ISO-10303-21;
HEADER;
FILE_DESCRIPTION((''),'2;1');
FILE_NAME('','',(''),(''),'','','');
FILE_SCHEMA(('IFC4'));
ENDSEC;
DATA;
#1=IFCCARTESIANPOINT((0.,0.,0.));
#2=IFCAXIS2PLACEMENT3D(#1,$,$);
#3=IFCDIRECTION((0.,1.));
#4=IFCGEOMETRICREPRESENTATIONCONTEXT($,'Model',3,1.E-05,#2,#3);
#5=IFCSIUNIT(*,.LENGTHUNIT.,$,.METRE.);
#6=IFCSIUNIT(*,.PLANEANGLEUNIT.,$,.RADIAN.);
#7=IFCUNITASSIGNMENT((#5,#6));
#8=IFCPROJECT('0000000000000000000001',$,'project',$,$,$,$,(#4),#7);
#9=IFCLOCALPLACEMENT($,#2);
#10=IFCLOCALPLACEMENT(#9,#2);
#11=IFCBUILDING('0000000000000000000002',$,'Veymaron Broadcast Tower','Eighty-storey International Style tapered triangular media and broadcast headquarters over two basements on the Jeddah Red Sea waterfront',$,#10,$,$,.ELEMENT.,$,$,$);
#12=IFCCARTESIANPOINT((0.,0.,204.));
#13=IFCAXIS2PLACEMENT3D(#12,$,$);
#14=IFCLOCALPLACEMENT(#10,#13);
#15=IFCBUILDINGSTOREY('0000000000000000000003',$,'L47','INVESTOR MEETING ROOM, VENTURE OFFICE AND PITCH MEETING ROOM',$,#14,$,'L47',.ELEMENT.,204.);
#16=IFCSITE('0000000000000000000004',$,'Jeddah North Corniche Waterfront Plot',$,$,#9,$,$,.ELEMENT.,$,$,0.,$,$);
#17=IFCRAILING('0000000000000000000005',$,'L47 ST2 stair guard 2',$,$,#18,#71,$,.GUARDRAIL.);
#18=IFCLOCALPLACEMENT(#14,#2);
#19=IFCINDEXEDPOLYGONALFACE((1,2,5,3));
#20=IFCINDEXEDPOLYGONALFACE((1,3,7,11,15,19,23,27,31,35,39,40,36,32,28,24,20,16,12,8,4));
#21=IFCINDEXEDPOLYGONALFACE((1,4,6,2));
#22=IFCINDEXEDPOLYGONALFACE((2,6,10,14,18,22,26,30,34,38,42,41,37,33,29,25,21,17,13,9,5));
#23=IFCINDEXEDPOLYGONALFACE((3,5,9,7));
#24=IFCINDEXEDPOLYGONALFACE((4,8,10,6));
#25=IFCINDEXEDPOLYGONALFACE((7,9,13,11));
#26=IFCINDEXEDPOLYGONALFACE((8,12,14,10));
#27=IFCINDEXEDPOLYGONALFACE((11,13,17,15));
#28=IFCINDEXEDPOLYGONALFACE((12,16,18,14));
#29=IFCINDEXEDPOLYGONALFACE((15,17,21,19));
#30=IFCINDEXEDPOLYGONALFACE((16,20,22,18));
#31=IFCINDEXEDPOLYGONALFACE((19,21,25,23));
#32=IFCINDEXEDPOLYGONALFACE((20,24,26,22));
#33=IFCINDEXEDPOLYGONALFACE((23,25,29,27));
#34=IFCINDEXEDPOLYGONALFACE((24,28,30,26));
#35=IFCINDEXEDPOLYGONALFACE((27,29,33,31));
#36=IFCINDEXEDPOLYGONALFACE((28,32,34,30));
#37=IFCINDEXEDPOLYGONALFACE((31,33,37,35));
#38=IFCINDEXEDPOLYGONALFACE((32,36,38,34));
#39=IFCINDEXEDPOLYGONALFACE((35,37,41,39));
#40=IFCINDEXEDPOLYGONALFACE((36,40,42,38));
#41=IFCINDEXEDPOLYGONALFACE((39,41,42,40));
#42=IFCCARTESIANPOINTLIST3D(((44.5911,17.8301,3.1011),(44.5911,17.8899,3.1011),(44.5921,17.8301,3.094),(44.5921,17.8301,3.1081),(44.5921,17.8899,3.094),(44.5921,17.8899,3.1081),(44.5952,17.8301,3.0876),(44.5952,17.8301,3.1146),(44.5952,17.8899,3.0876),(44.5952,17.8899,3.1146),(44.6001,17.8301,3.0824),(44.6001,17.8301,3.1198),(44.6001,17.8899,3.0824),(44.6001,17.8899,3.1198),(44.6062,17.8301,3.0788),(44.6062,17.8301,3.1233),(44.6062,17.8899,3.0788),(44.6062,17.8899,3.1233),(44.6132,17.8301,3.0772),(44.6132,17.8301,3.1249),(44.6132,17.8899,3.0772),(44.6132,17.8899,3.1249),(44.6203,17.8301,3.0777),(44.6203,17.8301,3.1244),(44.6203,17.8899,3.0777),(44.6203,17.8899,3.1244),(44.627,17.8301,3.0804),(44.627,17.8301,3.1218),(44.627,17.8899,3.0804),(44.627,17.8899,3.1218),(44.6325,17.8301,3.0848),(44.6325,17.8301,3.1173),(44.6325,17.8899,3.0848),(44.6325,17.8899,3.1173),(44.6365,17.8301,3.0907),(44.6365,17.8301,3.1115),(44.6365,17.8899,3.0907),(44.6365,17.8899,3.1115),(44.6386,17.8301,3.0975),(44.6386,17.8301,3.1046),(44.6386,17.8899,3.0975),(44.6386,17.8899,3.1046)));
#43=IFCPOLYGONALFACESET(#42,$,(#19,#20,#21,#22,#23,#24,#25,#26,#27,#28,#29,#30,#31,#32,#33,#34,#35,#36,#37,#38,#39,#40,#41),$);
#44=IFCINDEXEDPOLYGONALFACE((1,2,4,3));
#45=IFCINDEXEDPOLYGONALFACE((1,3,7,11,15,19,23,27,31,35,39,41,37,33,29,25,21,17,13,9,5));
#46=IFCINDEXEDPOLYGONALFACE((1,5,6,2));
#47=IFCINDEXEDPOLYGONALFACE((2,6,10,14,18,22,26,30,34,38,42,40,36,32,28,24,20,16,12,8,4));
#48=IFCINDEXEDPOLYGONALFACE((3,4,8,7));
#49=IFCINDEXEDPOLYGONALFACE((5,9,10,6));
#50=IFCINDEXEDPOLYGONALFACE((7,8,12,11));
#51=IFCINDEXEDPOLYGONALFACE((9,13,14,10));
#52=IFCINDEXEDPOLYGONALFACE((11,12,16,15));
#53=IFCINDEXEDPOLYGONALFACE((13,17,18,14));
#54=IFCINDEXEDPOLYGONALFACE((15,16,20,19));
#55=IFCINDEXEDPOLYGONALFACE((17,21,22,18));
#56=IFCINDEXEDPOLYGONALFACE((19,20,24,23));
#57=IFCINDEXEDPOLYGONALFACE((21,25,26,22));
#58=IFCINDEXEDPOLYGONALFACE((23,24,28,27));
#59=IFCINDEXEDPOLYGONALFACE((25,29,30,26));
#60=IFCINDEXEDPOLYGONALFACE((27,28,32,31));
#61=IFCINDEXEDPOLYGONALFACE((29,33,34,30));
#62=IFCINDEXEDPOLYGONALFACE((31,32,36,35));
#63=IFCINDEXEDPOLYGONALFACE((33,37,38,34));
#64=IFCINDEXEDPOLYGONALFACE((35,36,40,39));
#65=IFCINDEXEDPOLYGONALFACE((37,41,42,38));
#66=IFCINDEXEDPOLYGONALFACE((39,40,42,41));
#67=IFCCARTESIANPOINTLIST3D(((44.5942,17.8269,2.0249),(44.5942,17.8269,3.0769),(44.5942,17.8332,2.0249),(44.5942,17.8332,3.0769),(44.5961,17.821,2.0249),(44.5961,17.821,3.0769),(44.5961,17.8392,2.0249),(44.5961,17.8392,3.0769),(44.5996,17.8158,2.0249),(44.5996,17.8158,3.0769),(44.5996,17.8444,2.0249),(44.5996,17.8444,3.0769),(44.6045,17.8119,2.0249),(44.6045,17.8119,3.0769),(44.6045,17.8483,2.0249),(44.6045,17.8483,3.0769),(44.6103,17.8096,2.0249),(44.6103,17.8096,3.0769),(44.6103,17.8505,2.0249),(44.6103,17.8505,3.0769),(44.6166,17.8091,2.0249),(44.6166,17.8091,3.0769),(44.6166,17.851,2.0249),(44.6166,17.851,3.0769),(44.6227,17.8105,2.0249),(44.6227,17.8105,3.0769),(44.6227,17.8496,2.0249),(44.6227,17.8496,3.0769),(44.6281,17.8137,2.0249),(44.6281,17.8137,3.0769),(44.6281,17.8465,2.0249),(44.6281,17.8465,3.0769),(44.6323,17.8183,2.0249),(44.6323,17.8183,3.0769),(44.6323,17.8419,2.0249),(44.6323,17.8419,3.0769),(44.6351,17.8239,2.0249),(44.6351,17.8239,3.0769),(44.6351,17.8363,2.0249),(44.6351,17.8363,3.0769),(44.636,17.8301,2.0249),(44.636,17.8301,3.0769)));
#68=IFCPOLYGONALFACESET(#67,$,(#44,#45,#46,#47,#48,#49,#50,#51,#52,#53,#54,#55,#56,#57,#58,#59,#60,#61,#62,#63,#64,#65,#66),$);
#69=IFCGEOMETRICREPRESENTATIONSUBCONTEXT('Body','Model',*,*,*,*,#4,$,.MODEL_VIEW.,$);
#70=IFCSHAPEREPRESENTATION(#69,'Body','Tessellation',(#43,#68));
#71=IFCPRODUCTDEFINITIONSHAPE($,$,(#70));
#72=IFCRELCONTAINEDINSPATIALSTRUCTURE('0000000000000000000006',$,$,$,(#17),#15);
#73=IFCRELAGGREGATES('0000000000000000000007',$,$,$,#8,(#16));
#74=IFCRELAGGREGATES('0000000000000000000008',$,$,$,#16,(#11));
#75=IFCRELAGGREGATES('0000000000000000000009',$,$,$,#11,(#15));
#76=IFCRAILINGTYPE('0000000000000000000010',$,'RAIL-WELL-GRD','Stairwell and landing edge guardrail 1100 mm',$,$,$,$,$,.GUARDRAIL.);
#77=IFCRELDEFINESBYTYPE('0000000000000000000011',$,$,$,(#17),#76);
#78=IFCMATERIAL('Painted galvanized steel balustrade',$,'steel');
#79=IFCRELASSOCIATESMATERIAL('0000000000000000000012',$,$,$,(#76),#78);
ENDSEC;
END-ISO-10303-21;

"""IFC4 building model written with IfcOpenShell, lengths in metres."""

from ifc_helpers import new_model, si_unit, direction, frame, origin, origin_2d, place, context, subcontext, project, spatial, circle, extrude, material, type_object, element, save


model = new_model("IFC4")

# Units and contexts
model_context = context("Model", 3, precision=1e-05, world=origin(), true_north=direction((0.0, 1.0)))
body_context = subcontext(model_context, "Body", "Model", "MODEL_VIEW")
ifc_project = project(units=[si_unit("LENGTHUNIT", "METRE"), si_unit("PLANEANGLEUNIT", "RADIAN")], contexts=[model_context])

# Site, building, storey
site_placement = place(None, origin())
site = spatial("IfcSite", under=ifc_project, at=site_placement, Name="Jeddah North Corniche Waterfront Plot", CompositionType="ELEMENT", RefElevation=0.0)
building_placement = place(site_placement, origin())
building = spatial("IfcBuilding", under=site, at=building_placement, Name="Veymaron Broadcast Tower", Description="Eighty-storey International Style tapered triangular media and broadcast headquarters over two basements on the Jeddah Red Sea waterfront", CompositionType="ELEMENT")
storey_placement = place(building_placement, frame((0.0, 0.0, 204.0)))
storey = spatial("IfcBuildingStorey", under=building, at=storey_placement, Name="L47", Description="INVESTOR MEETING ROOM, VENTURE OFFICE AND PITCH MEETING ROOM", LongName="L47", CompositionType="ELEMENT", Elevation=204.0)

# Railing
ifc_material_1 = material(Name="Painted galvanized steel balustrade", Category="steel")
railing_type_1 = type_object("IfcRailingType", Name="RAIL-WELL-GRD", Description="Stairwell and landing edge guardrail 1100 mm", PredefinedType="GUARDRAIL", material=ifc_material_1)
railing_1_placement = place(storey_placement, frame((44.615, 17.8301, 2.0249)))
element("IfcRailing", 1, at=railing_1_placement, inside=storey, type_object=railing_type_1, Name="L47 ST2 stair guard 2", PredefinedType="GUARDRAIL", context=body_context, shape_type="SweptSolid", body=[
    extrude(circle(Radius=0.0239, at=origin_2d()), frame((0.0, 0.0, 1.0762), z_axis=(0.0, 1.0, 0.0), x_axis=(-1.0, 0.0, 0.0)), (0.0, 0.0, 1.0), 0.0598),
    extrude(circle(Radius=0.021, at=origin_2d()), origin(), (0.0, 0.0, 1.0), 1.052),
])

save(model, "model.ifc")
